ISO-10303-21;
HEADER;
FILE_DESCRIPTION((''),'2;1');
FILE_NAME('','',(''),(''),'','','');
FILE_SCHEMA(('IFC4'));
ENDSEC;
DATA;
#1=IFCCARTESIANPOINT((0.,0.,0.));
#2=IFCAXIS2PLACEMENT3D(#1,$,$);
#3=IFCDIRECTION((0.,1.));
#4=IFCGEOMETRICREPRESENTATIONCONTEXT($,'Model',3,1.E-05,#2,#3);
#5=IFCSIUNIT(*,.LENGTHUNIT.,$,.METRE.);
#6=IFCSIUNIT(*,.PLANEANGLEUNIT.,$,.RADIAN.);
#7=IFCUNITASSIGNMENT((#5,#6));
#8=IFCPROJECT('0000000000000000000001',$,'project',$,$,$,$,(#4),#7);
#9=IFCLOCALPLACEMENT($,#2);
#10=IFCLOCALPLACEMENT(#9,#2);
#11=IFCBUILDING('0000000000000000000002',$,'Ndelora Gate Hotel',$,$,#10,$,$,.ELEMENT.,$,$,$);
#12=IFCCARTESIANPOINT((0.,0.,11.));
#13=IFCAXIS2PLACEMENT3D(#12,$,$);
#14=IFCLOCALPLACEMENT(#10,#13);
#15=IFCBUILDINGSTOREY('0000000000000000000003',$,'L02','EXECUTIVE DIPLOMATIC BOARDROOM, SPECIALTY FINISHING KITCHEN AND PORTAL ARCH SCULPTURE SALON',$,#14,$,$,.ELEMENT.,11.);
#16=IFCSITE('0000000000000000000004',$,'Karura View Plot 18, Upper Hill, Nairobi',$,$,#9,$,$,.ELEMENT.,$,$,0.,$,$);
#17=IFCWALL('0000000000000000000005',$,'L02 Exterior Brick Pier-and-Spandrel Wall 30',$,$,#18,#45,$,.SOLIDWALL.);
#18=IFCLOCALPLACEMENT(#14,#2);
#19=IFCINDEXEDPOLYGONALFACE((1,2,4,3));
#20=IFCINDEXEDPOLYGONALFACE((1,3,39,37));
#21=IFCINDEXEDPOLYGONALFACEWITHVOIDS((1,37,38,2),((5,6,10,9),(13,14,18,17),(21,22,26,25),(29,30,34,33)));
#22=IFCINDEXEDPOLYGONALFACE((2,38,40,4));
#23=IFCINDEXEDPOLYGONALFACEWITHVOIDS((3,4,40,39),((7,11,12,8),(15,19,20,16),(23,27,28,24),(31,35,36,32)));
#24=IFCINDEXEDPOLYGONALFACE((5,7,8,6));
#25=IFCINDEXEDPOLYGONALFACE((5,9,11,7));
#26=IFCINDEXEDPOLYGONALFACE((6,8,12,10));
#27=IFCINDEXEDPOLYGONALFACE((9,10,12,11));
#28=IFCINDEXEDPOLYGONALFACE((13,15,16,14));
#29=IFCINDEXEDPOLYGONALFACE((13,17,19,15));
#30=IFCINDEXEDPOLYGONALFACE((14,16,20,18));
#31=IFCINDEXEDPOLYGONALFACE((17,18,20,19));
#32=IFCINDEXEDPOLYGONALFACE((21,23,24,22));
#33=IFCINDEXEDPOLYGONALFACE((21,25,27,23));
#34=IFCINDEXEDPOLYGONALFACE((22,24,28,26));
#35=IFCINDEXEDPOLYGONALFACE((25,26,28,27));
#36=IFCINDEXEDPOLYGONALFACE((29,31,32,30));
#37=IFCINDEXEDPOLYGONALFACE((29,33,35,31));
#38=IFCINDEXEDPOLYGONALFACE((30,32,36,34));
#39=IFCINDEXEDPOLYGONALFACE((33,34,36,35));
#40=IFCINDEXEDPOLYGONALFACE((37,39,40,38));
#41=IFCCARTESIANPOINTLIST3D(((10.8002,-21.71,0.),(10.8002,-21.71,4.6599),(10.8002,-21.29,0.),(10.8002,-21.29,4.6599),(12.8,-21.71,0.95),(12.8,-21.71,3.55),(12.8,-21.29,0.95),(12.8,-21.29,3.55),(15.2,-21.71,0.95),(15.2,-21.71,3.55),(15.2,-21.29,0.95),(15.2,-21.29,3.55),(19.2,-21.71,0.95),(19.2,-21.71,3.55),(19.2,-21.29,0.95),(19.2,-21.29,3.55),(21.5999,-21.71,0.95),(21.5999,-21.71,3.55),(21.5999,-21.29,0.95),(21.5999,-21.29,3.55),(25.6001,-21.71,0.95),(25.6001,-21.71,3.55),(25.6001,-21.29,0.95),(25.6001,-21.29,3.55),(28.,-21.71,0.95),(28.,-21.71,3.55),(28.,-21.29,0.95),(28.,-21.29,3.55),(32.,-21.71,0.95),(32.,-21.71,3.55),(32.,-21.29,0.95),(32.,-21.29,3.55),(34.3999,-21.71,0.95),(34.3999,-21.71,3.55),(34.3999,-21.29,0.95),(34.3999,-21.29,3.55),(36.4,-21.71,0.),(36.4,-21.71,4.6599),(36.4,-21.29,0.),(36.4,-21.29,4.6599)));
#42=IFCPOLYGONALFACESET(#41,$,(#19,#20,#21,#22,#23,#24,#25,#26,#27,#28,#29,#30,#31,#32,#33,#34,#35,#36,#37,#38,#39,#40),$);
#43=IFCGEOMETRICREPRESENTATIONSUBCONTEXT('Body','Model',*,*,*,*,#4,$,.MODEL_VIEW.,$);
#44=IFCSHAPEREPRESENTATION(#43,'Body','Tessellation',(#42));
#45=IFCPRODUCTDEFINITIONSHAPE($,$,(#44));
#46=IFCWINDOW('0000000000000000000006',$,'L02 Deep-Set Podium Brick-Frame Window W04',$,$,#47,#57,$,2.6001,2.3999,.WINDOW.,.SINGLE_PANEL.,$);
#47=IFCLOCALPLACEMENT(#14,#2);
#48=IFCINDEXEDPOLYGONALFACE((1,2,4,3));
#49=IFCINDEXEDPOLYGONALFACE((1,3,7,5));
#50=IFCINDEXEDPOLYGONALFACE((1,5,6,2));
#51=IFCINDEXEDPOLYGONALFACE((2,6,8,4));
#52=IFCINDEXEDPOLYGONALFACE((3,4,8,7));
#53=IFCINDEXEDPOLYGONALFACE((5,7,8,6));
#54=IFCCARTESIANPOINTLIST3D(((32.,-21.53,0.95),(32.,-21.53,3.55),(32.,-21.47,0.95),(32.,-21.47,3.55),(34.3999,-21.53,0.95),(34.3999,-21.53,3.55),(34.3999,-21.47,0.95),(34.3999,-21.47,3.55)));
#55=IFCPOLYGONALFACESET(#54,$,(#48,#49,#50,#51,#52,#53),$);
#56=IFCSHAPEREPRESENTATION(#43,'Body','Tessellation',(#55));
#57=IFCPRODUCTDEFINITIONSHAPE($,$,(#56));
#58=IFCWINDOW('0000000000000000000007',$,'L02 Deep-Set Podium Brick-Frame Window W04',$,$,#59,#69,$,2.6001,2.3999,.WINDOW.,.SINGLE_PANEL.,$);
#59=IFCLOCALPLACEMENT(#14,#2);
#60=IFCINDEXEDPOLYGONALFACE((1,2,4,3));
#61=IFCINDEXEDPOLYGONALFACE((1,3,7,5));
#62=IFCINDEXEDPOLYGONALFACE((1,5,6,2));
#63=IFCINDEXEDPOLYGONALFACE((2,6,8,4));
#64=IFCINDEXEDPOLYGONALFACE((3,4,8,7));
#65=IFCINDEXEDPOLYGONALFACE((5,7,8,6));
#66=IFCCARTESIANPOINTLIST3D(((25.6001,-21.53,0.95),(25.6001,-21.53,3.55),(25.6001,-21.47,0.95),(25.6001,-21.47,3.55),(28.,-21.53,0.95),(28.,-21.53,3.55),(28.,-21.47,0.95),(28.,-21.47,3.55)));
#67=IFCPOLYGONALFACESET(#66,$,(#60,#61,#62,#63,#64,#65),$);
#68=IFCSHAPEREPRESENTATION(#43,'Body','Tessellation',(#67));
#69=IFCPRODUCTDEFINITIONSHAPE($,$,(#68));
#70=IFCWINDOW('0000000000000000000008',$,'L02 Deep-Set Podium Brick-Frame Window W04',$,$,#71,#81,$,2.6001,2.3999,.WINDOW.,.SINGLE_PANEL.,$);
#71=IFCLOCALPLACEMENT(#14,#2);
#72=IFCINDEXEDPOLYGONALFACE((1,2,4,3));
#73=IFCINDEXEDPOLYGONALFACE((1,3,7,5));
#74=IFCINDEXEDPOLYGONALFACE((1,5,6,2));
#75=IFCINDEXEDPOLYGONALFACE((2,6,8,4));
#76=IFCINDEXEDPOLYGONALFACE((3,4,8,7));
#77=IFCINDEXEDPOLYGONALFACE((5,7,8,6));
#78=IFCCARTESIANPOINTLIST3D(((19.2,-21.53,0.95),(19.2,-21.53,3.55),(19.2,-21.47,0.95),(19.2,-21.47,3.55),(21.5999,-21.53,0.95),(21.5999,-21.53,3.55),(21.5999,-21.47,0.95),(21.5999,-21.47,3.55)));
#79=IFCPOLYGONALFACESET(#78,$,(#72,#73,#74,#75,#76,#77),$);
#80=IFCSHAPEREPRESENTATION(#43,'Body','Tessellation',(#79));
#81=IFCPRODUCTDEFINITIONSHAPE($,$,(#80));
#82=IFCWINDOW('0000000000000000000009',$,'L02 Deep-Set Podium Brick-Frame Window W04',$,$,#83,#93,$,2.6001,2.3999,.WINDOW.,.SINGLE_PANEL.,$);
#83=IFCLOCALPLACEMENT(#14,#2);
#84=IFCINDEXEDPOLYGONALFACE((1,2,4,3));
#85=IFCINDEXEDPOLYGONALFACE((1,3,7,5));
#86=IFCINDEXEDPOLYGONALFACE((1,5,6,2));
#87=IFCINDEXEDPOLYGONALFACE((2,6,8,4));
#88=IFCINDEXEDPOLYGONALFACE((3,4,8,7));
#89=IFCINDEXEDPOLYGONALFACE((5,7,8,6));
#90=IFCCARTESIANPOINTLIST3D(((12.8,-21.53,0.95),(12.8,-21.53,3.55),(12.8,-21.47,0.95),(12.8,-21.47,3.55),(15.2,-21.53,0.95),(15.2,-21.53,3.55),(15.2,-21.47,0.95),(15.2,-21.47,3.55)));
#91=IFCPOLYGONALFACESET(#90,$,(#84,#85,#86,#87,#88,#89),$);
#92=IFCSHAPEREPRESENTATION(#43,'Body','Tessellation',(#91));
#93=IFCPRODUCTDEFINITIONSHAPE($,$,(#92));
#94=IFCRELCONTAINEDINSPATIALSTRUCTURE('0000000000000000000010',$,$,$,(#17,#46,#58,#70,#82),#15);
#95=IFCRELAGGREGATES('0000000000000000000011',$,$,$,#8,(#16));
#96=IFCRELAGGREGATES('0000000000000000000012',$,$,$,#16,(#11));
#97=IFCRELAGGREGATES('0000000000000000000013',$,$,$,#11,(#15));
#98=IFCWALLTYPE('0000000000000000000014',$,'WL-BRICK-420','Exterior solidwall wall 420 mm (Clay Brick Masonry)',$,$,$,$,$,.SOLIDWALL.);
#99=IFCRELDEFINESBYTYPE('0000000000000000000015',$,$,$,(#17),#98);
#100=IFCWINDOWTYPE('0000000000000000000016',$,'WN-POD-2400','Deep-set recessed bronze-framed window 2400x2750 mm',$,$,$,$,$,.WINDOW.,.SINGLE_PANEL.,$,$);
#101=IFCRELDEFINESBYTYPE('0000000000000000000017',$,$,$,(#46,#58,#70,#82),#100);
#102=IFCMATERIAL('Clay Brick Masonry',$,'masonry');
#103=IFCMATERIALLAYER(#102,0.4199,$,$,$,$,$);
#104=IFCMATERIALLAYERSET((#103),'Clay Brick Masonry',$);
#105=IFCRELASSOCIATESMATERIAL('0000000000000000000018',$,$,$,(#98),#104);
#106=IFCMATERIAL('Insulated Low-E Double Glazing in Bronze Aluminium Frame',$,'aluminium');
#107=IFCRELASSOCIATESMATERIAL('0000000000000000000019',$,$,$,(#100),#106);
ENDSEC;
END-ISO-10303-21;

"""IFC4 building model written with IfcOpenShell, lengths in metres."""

from ifc_helpers import new_model, si_unit, direction, frame, frame_2d, origin, place, context, subcontext, project, spatial, rectangle, extrude, material, layer, layer_set, type_object, element, fill, save


model = new_model("IFC4")

# Units and contexts
model_context = context("Model", 3, precision=1e-05, world=origin(), true_north=direction((0.0, 1.0)))
body_context = subcontext(model_context, "Body", "Model", "MODEL_VIEW")
ifc_project = project(units=[si_unit("LENGTHUNIT", "METRE"), si_unit("PLANEANGLEUNIT", "RADIAN")], contexts=[model_context])

# Site, building, storey
site_placement = place(None, origin())
site = spatial("IfcSite", under=ifc_project, at=site_placement, Name="Karura View Plot 18, Upper Hill, Nairobi", CompositionType="ELEMENT", RefElevation=0.0)
building_placement = place(site_placement, origin())
building = spatial("IfcBuilding", under=site, at=building_placement, Name="Ndelora Gate Hotel", CompositionType="ELEMENT")
storey_placement = place(building_placement, frame((0.0, 0.0, 11.0)))
storey = spatial("IfcBuildingStorey", under=building, at=storey_placement, Name="L02", Description="EXECUTIVE DIPLOMATIC BOARDROOM, SPECIALTY FINISHING KITCHEN AND PORTAL ARCH SCULPTURE SALON", CompositionType="ELEMENT", Elevation=11.0)

# Shared definitions
ifc_material_1 = material(Name="Clay Brick Masonry", Category="masonry")
ifc_layer = layer(ifc_material_1, 0.4199)
ifc_layer_set = layer_set([ifc_layer], Name="Clay Brick Masonry")
wall_type = type_object("IfcWallType", Name="WL-BRICK-420", Description="Exterior solidwall wall 420 mm (Clay Brick Masonry)", PredefinedType="SOLIDWALL", material=ifc_layer_set)

# Wall, openings, windows
wall_1_placement = place(storey_placement, frame((36.3999, -21.5, 0.0), z_axis=(0.0, 0.0, 1.0), x_axis=(-1.0, 0.0, 0.0)))
wall_1 = element("IfcWall", 1, at=wall_1_placement, inside=storey, type_object=wall_type, Name="L02 Exterior Brick Pier-and-Spandrel Wall 30", PredefinedType="SOLIDWALL", context=body_context, shape_type="SweptSolid", body=[
    extrude(rectangle(XDim=25.5999, YDim=0.4199, at=frame_2d((12.7998, 0.0))), origin(), (0.0, 0.0, 1.0), 4.6599),
])
opening_1_placement = place(wall_1_placement, frame((2.0, 0.0, 0.95)))
opening_1 = element("IfcOpeningElement", 2, at=opening_1_placement, cuts=wall_1, PredefinedType="OPENING", context=body_context, shape_type="SweptSolid", body=[
    extrude(rectangle(XDim=2.3999, YDim=2.6001, at=frame_2d((1.2, 1.3))), frame((0.0, 0.22, 0.0), z_axis=(0.0, -1.0, 0.0), x_axis=(1.0, 0.0, 0.0)), (0.0, 0.0, 1.0), 0.4399),
])
opening_2_placement = place(wall_1_placement, frame((8.3999, 0.0, 0.95)))
opening_2 = element("IfcOpeningElement", 3, at=opening_2_placement, cuts=wall_1, PredefinedType="OPENING", context=body_context, shape_type="SweptSolid", body=[
    extrude(rectangle(XDim=2.3999, YDim=2.6001, at=frame_2d((1.2, 1.3))), frame((0.0, 0.22, 0.0), z_axis=(0.0, -1.0, 0.0), x_axis=(1.0, 0.0, 0.0)), (0.0, 0.0, 1.0), 0.4399),
])
opening_3_placement = place(wall_1_placement, frame((14.8, 0.0, 0.95)))
opening_3 = element("IfcOpeningElement", 4, at=opening_3_placement, cuts=wall_1, PredefinedType="OPENING", context=body_context, shape_type="SweptSolid", body=[
    extrude(rectangle(XDim=2.3999, YDim=2.6001, at=frame_2d((1.2, 1.3))), frame((0.0, 0.22, 0.0), z_axis=(0.0, -1.0, 0.0), x_axis=(1.0, 0.0, 0.0)), (0.0, 0.0, 1.0), 0.4399),
])
opening_4_placement = place(wall_1_placement, frame((21.2, 0.0, 0.95)))
opening_4 = element("IfcOpeningElement", 5, at=opening_4_placement, cuts=wall_1, PredefinedType="OPENING", context=body_context, shape_type="SweptSolid", body=[
    extrude(rectangle(XDim=2.3999, YDim=2.6001, at=frame_2d((1.2, 1.3))), frame((0.0, 0.22, 0.0), z_axis=(0.0, -1.0, 0.0), x_axis=(1.0, 0.0, 0.0)), (0.0, 0.0, 1.0), 0.4399),
])
ifc_material_2 = material(Name="Insulated Low-E Double Glazing in Bronze Aluminium Frame", Category="aluminium")
window_type = type_object("IfcWindowType", Name="WN-POD-2400", Description="Deep-set recessed bronze-framed window 2400x2750 mm", PartitioningType="SINGLE_PANEL", PredefinedType="WINDOW", material=ifc_material_2)
window_1_placement = place(opening_1_placement, origin())
window_1 = element("IfcWindow", 6, at=window_1_placement, inside=storey, type_object=window_type, Name="L02 Deep-Set Podium Brick-Frame Window W04", OverallHeight=2.6001, OverallWidth=2.3999, PartitioningType="SINGLE_PANEL", PredefinedType="WINDOW", context=body_context, shape_type="SweptSolid", body=[
    extrude(rectangle(XDim=2.3999, YDim=2.6001, at=frame_2d((1.2, 1.3))), frame((0.0, 0.03, 0.0), z_axis=(0.0, -1.0, 0.0), x_axis=(1.0, 0.0, 0.0)), (0.0, 0.0, 1.0), 0.0601),
])
fill(opening_1, window_1)
window_2_placement = place(opening_2_placement, origin())
window_2 = element("IfcWindow", 7, at=window_2_placement, inside=storey, type_object=window_type, Name="L02 Deep-Set Podium Brick-Frame Window W04", OverallHeight=2.6001, OverallWidth=2.3999, PartitioningType="SINGLE_PANEL", PredefinedType="WINDOW", context=body_context, shape_type="SweptSolid", body=[
    extrude(rectangle(XDim=2.3999, YDim=2.6001, at=frame_2d((1.2, 1.3))), frame((0.0, 0.03, 0.0), z_axis=(0.0, -1.0, 0.0), x_axis=(1.0, 0.0, 0.0)), (0.0, 0.0, 1.0), 0.0601),
])
fill(opening_2, window_2)
window_3_placement = place(opening_3_placement, origin())
window_3 = element("IfcWindow", 8, at=window_3_placement, inside=storey, type_object=window_type, Name="L02 Deep-Set Podium Brick-Frame Window W04", OverallHeight=2.6001, OverallWidth=2.3999, PartitioningType="SINGLE_PANEL", PredefinedType="WINDOW", context=body_context, shape_type="SweptSolid", body=[
    extrude(rectangle(XDim=2.3999, YDim=2.6001, at=frame_2d((1.2, 1.3))), frame((0.0, 0.03, 0.0), z_axis=(0.0, -1.0, 0.0), x_axis=(1.0, 0.0, 0.0)), (0.0, 0.0, 1.0), 0.0601),
])
fill(opening_3, window_3)
window_4_placement = place(opening_4_placement, origin())
window_4 = element("IfcWindow", 9, at=window_4_placement, inside=storey, type_object=window_type, Name="L02 Deep-Set Podium Brick-Frame Window W04", OverallHeight=2.6001, OverallWidth=2.3999, PartitioningType="SINGLE_PANEL", PredefinedType="WINDOW", context=body_context, shape_type="SweptSolid", body=[
    extrude(rectangle(XDim=2.3999, YDim=2.6001, at=frame_2d((1.2, 1.3))), frame((0.0, 0.03, 0.0), z_axis=(0.0, -1.0, 0.0), x_axis=(1.0, 0.0, 0.0)), (0.0, 0.0, 1.0), 0.0601),
])
fill(opening_4, window_4)

save(model, "model.ifc")
